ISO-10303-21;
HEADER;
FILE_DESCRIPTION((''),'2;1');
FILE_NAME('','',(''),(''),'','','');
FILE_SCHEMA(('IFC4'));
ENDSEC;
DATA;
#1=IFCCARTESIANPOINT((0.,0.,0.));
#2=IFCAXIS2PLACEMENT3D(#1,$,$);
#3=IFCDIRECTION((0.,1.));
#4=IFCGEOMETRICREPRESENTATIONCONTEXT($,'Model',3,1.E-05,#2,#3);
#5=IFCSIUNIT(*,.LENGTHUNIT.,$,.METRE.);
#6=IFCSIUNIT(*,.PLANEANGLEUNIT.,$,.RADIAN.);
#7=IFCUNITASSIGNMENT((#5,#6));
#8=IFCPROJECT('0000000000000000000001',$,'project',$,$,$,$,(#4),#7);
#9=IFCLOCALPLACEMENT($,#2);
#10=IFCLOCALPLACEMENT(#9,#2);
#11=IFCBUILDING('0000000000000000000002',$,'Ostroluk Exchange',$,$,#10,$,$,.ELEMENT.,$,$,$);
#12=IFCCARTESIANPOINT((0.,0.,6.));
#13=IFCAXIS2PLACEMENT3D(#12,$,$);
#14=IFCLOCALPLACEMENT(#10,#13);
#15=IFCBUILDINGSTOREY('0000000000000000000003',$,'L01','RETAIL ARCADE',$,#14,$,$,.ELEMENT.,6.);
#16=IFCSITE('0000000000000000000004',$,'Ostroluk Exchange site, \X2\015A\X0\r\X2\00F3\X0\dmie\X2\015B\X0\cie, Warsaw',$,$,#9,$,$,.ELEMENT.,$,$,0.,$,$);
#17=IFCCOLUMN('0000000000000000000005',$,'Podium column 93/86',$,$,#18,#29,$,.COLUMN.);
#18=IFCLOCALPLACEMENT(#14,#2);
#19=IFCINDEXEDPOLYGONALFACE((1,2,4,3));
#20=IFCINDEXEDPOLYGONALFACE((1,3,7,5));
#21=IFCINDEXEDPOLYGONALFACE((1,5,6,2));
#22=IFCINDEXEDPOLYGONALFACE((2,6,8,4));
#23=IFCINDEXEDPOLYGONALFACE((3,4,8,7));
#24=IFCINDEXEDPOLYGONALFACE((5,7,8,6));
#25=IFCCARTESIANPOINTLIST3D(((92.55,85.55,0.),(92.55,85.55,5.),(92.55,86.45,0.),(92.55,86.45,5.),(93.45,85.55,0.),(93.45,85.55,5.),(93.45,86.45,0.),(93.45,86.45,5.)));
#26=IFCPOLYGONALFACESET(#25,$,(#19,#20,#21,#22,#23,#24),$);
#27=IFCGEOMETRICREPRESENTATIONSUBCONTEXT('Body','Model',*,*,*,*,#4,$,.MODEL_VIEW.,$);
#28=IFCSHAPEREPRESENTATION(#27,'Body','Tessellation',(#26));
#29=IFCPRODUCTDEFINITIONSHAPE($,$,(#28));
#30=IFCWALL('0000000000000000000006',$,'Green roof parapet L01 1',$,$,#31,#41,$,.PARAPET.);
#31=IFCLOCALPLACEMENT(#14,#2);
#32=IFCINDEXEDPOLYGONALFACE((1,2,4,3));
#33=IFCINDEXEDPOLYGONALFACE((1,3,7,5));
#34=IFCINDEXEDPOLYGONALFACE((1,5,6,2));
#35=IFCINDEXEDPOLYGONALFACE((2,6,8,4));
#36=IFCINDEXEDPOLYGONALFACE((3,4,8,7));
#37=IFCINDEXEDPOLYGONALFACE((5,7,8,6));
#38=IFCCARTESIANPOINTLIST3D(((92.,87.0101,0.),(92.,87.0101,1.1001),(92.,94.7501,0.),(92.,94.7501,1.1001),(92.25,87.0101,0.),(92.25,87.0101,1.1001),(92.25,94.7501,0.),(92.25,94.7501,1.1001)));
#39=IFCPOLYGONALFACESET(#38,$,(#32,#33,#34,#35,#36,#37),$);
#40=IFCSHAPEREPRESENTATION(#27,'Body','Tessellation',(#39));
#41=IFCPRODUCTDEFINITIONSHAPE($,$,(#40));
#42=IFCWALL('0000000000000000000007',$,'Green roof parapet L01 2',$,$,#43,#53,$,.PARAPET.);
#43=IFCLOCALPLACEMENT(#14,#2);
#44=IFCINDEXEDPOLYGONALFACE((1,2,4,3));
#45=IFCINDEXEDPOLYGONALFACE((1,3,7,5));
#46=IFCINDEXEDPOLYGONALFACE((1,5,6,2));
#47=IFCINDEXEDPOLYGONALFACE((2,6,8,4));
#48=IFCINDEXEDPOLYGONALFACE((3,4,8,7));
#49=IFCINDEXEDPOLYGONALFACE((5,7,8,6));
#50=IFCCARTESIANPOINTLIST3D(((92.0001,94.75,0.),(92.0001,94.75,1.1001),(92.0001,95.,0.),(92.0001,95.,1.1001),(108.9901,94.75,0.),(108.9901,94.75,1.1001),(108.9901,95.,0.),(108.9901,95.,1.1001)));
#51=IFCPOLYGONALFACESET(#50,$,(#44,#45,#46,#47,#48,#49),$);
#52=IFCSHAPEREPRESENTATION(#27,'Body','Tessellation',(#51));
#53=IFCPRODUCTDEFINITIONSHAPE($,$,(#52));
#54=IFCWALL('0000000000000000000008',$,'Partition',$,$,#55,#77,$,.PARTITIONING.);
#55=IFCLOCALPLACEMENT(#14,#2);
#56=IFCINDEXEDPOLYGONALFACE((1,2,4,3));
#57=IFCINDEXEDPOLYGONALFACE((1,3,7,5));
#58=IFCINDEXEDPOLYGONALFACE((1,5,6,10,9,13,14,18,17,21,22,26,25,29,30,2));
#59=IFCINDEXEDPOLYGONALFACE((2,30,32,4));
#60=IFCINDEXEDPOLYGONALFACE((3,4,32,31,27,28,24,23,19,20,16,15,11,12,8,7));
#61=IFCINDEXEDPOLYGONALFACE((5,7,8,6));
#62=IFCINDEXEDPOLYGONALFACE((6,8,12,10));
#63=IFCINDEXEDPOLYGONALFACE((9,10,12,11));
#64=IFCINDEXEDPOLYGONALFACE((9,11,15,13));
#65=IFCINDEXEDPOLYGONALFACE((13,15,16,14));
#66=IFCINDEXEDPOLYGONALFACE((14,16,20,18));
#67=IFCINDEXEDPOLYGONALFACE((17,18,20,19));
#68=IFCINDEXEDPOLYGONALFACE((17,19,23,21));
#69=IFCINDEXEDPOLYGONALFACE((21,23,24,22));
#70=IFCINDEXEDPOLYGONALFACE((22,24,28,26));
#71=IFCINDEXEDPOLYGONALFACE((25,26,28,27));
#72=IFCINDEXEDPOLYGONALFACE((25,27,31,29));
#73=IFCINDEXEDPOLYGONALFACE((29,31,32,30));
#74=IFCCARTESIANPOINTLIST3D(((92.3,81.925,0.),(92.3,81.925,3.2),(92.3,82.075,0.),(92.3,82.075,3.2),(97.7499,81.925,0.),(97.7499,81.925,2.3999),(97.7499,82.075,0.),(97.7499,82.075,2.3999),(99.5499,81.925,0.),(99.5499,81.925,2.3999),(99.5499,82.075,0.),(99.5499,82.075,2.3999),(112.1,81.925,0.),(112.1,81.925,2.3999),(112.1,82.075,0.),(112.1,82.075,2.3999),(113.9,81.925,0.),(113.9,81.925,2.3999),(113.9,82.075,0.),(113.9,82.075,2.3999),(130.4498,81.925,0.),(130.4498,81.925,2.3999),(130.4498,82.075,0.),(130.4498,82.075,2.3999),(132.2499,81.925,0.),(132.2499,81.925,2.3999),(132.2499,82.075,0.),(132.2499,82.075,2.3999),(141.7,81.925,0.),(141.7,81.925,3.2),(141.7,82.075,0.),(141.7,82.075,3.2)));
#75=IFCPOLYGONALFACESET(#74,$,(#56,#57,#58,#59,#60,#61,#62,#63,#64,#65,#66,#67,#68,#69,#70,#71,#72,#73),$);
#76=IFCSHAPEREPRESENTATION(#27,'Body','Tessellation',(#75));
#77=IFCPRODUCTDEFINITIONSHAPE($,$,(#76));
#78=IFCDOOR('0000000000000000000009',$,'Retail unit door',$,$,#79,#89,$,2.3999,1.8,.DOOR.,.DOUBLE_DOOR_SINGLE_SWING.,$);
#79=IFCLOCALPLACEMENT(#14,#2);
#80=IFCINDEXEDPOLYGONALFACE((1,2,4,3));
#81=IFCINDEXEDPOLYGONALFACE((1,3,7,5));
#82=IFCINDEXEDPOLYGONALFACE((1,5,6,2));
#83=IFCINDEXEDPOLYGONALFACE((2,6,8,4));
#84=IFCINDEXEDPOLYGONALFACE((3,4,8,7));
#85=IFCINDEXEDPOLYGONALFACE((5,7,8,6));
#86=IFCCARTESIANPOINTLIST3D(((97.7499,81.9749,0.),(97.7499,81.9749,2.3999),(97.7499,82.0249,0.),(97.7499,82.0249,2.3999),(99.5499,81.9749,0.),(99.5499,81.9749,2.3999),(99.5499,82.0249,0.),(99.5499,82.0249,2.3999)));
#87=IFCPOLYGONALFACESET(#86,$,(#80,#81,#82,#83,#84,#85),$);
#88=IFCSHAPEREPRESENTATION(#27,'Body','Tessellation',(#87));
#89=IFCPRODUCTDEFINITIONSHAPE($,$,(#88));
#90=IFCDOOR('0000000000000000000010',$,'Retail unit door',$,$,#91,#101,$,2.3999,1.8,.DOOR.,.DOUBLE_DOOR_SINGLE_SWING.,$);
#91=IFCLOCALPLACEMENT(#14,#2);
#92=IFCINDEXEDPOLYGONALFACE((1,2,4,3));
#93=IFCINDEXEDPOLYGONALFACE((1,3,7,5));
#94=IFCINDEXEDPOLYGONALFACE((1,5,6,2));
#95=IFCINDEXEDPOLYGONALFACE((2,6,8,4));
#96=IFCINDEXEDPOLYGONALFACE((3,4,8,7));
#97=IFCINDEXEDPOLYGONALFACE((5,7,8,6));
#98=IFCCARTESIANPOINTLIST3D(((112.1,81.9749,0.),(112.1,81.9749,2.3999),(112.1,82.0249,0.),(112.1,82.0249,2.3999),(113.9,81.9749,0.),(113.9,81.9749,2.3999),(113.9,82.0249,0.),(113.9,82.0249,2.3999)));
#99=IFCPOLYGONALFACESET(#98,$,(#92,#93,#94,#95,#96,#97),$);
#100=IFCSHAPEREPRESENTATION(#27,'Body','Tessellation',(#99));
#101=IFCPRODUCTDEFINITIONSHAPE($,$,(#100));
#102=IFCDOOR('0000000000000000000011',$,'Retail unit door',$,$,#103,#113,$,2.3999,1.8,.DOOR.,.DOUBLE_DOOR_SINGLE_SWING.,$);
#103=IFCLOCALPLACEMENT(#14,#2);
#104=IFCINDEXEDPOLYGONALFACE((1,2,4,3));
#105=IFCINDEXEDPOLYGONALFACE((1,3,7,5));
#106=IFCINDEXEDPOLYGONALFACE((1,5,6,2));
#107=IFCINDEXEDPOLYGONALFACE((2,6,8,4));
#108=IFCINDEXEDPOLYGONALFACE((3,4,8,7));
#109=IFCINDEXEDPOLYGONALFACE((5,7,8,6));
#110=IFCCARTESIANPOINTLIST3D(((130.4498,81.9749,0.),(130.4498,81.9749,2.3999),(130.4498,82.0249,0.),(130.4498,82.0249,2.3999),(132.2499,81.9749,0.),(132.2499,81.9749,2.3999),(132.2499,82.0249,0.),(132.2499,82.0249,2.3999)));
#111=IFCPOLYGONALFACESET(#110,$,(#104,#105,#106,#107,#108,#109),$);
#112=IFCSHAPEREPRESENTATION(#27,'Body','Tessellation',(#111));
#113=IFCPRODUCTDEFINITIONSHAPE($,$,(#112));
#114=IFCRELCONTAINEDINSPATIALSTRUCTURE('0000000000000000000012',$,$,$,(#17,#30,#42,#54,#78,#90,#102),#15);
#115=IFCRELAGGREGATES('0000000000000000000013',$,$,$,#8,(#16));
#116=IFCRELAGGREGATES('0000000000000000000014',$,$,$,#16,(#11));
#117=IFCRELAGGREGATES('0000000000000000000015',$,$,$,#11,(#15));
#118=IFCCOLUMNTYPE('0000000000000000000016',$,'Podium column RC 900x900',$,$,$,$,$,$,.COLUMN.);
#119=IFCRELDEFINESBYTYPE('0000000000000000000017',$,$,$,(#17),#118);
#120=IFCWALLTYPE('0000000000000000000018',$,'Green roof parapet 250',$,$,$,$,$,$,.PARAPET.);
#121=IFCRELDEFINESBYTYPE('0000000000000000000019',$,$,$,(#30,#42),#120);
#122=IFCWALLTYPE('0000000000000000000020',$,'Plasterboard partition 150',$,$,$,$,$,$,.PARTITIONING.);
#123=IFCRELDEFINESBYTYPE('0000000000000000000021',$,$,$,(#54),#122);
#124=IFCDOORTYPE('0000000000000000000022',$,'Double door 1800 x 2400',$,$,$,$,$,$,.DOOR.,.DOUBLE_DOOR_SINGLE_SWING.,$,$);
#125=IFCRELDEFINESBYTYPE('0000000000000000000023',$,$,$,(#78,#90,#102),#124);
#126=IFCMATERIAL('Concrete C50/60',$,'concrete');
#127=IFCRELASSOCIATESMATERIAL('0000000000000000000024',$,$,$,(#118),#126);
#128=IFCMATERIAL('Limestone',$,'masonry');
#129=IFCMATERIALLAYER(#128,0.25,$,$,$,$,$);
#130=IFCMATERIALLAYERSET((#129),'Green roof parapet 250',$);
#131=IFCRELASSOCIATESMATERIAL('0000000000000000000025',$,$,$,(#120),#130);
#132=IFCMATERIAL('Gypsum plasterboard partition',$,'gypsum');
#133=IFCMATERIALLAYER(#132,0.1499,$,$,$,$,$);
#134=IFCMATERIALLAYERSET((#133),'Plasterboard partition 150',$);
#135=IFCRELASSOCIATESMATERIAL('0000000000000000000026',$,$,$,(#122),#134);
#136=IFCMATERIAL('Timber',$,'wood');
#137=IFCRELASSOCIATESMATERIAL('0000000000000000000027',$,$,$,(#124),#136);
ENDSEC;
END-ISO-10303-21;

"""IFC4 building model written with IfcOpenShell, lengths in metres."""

from ifc_helpers import new_model, si_unit, direction, frame, frame_2d, origin, origin_2d, place, context, subcontext, project, spatial, rectangle, extrude, material, layer, layer_set, material_profile, profile_set, type_object, element, fill, save


model = new_model("IFC4")

# Units and contexts
model_context = context("Model", 3, precision=1e-05, world=origin(), true_north=direction((0.0, 1.0)))
body_context = subcontext(model_context, "Body", "Model", "MODEL_VIEW")
ifc_project = project(units=[si_unit("LENGTHUNIT", "METRE"), si_unit("PLANEANGLEUNIT", "RADIAN")], contexts=[model_context])

# Site, building, storey
site_placement = place(None, origin())
site = spatial("IfcSite", under=ifc_project, at=site_placement, Name="Ostroluk Exchange site, Śródmieście, Warsaw", CompositionType="ELEMENT", RefElevation=0.0)
building_placement = place(site_placement, origin())
building = spatial("IfcBuilding", under=site, at=building_placement, Name="Ostroluk Exchange", CompositionType="ELEMENT")
storey_placement = place(building_placement, frame((0.0, 0.0, 6.0)))
storey = spatial("IfcBuildingStorey", under=building, at=storey_placement, Name="L01", Description="RETAIL ARCADE", CompositionType="ELEMENT", Elevation=6.0)

# Column
ifc_material_1 = material(Name="Concrete C50/60", Category="concrete")
ifc_material_profile = material_profile(ifc_material_1, rectangle(XDim=0.8999, YDim=0.8999, at=origin_2d()), Name="RC 900x900")
ifc_profile_set = profile_set([ifc_material_profile], Name="Concrete C50/60")
column_type = type_object("IfcColumnType", Name="Podium column RC 900x900", PredefinedType="COLUMN", material=ifc_profile_set)
column_placement = place(storey_placement, frame((93.0, 86.0, 0.0), z_axis=(0.0, 0.0, 1.0), x_axis=(1.0, 0.0, 0.0)))
element("IfcColumn", 1, at=column_placement, inside=storey, type_object=column_type, Name="Podium column 93/86", PredefinedType="COLUMN", context=body_context, shape_type="SweptSolid", body=[
    extrude(rectangle(XDim=0.8999, YDim=0.8999, at=origin_2d()), origin(), (0.0, 0.0, 1.0), 5.0),
])

# Walls
ifc_material_2 = material(Name="Limestone", Category="masonry")
ifc_layer_1 = layer(ifc_material_2, 0.25)
ifc_layer_set_1 = layer_set([ifc_layer_1], Name="Green roof parapet 250")
wall_type_1 = type_object("IfcWallType", Name="Green roof parapet 250", PredefinedType="PARAPET", material=ifc_layer_set_1)
wall_1_placement = place(storey_placement, frame((92.125, 87.01, 0.0), z_axis=(0.0, 0.0, 1.0), x_axis=(0.0, 1.0, 0.0)))
element("IfcWall", 2, at=wall_1_placement, inside=storey, type_object=wall_type_1, Name="Green roof parapet L01 1", PredefinedType="PARAPET", context=body_context, shape_type="SweptSolid", body=[
    extrude(rectangle(XDim=7.74, YDim=0.25, at=frame_2d((3.8701, 0.0))), origin(), (0.0, 0.0, 1.0), 1.1001),
])
wall_2_placement = place(storey_placement, frame((92.0, 94.875, 0.0), z_axis=(0.0, 0.0, 1.0), x_axis=(1.0, 0.0, 0.0)))
element("IfcWall", 3, at=wall_2_placement, inside=storey, type_object=wall_type_1, Name="Green roof parapet L01 2", PredefinedType="PARAPET", context=body_context, shape_type="SweptSolid", body=[
    extrude(rectangle(XDim=16.99, YDim=0.25, at=frame_2d((8.4951, 0.0))), origin(), (0.0, 0.0, 1.0), 1.1001),
])

# Wall, openings, doors
ifc_material_3 = material(Name="Gypsum plasterboard partition", Category="gypsum")
ifc_layer_2 = layer(ifc_material_3, 0.1499)
ifc_layer_set_2 = layer_set([ifc_layer_2], Name="Plasterboard partition 150")
wall_type_2 = type_object("IfcWallType", Name="Plasterboard partition 150", PredefinedType="PARTITIONING", material=ifc_layer_set_2)
wall_3_placement = place(storey_placement, frame((92.3, 82.0, 0.0), z_axis=(0.0, 0.0, 1.0), x_axis=(1.0, 0.0, 0.0)))
wall_3 = element("IfcWall", 4, at=wall_3_placement, inside=storey, type_object=wall_type_2, Name="Partition", PredefinedType="PARTITIONING", context=body_context, shape_type="SweptSolid", body=[
    extrude(rectangle(XDim=49.3999, YDim=0.1499, at=frame_2d((24.7, 0.0))), origin(), (0.0, 0.0, 1.0), 3.2),
])
opening_1_placement = place(wall_3_placement, frame((5.45, 0.0, 0.0)))
opening_1 = element("IfcOpeningElement", 5, at=opening_1_placement, cuts=wall_3, PredefinedType="OPENING", context=body_context, shape_type="SweptSolid", body=[
    extrude(rectangle(XDim=1.8, YDim=2.3999, at=frame_2d((0.8999, 1.2))), frame((0.0, 0.085, 0.0), z_axis=(0.0, -1.0, 0.0), x_axis=(1.0, 0.0, 0.0)), (0.0, 0.0, 1.0), 0.1699),
])
opening_2_placement = place(wall_3_placement, frame((19.8, 0.0, 0.0)))
opening_2 = element("IfcOpeningElement", 6, at=opening_2_placement, cuts=wall_3, PredefinedType="OPENING", context=body_context, shape_type="SweptSolid", body=[
    extrude(rectangle(XDim=1.8, YDim=2.3999, at=frame_2d((0.8999, 1.2))), frame((0.0, 0.085, 0.0), z_axis=(0.0, -1.0, 0.0), x_axis=(1.0, 0.0, 0.0)), (0.0, 0.0, 1.0), 0.1699),
])
opening_3_placement = place(wall_3_placement, frame((38.1499, 0.0, 0.0)))
opening_3 = element("IfcOpeningElement", 7, at=opening_3_placement, cuts=wall_3, PredefinedType="OPENING", context=body_context, shape_type="SweptSolid", body=[
    extrude(rectangle(XDim=1.8, YDim=2.3999, at=frame_2d((0.8999, 1.2))), frame((0.0, 0.085, 0.0), z_axis=(0.0, -1.0, 0.0), x_axis=(1.0, 0.0, 0.0)), (0.0, 0.0, 1.0), 0.1699),
])
ifc_material_4 = material(Name="Timber", Category="wood")
door_type = type_object("IfcDoorType", Name="Double door 1800 x 2400", OperationType="DOUBLE_DOOR_SINGLE_SWING", PredefinedType="DOOR", material=ifc_material_4)
door_1_placement = place(opening_1_placement, origin())
door_1 = element("IfcDoor", 8, at=door_1_placement, inside=storey, type_object=door_type, Name="Retail unit door", OperationType="DOUBLE_DOOR_SINGLE_SWING", OverallHeight=2.3999, OverallWidth=1.8, PredefinedType="DOOR", context=body_context, shape_type="SweptSolid", body=[
    extrude(rectangle(XDim=1.8, YDim=2.3999, at=frame_2d((0.8999, 1.2))), frame((0.0, 0.0249, 0.0), z_axis=(0.0, -1.0, 0.0), x_axis=(1.0, 0.0, 0.0)), (0.0, 0.0, 1.0), 0.05),
])
fill(opening_1, door_1)
door_2_placement = place(opening_2_placement, origin())
door_2 = element("IfcDoor", 9, at=door_2_placement, inside=storey, type_object=door_type, Name="Retail unit door", OperationType="DOUBLE_DOOR_SINGLE_SWING", OverallHeight=2.3999, OverallWidth=1.8, PredefinedType="DOOR", context=body_context, shape_type="SweptSolid", body=[
    extrude(rectangle(XDim=1.8, YDim=2.3999, at=frame_2d((0.8999, 1.2))), frame((0.0, 0.0249, 0.0), z_axis=(0.0, -1.0, 0.0), x_axis=(1.0, 0.0, 0.0)), (0.0, 0.0, 1.0), 0.05),
])
fill(opening_2, door_2)
door_3_placement = place(opening_3_placement, origin())
door_3 = element("IfcDoor", 10, at=door_3_placement, inside=storey, type_object=door_type, Name="Retail unit door", OperationType="DOUBLE_DOOR_SINGLE_SWING", OverallHeight=2.3999, OverallWidth=1.8, PredefinedType="DOOR", context=body_context, shape_type="SweptSolid", body=[
    extrude(rectangle(XDim=1.8, YDim=2.3999, at=frame_2d((0.8999, 1.2))), frame((0.0, 0.0249, 0.0), z_axis=(0.0, -1.0, 0.0), x_axis=(1.0, 0.0, 0.0)), (0.0, 0.0, 1.0), 0.05),
])
fill(opening_3, door_3)

save(model, "model.ifc")
